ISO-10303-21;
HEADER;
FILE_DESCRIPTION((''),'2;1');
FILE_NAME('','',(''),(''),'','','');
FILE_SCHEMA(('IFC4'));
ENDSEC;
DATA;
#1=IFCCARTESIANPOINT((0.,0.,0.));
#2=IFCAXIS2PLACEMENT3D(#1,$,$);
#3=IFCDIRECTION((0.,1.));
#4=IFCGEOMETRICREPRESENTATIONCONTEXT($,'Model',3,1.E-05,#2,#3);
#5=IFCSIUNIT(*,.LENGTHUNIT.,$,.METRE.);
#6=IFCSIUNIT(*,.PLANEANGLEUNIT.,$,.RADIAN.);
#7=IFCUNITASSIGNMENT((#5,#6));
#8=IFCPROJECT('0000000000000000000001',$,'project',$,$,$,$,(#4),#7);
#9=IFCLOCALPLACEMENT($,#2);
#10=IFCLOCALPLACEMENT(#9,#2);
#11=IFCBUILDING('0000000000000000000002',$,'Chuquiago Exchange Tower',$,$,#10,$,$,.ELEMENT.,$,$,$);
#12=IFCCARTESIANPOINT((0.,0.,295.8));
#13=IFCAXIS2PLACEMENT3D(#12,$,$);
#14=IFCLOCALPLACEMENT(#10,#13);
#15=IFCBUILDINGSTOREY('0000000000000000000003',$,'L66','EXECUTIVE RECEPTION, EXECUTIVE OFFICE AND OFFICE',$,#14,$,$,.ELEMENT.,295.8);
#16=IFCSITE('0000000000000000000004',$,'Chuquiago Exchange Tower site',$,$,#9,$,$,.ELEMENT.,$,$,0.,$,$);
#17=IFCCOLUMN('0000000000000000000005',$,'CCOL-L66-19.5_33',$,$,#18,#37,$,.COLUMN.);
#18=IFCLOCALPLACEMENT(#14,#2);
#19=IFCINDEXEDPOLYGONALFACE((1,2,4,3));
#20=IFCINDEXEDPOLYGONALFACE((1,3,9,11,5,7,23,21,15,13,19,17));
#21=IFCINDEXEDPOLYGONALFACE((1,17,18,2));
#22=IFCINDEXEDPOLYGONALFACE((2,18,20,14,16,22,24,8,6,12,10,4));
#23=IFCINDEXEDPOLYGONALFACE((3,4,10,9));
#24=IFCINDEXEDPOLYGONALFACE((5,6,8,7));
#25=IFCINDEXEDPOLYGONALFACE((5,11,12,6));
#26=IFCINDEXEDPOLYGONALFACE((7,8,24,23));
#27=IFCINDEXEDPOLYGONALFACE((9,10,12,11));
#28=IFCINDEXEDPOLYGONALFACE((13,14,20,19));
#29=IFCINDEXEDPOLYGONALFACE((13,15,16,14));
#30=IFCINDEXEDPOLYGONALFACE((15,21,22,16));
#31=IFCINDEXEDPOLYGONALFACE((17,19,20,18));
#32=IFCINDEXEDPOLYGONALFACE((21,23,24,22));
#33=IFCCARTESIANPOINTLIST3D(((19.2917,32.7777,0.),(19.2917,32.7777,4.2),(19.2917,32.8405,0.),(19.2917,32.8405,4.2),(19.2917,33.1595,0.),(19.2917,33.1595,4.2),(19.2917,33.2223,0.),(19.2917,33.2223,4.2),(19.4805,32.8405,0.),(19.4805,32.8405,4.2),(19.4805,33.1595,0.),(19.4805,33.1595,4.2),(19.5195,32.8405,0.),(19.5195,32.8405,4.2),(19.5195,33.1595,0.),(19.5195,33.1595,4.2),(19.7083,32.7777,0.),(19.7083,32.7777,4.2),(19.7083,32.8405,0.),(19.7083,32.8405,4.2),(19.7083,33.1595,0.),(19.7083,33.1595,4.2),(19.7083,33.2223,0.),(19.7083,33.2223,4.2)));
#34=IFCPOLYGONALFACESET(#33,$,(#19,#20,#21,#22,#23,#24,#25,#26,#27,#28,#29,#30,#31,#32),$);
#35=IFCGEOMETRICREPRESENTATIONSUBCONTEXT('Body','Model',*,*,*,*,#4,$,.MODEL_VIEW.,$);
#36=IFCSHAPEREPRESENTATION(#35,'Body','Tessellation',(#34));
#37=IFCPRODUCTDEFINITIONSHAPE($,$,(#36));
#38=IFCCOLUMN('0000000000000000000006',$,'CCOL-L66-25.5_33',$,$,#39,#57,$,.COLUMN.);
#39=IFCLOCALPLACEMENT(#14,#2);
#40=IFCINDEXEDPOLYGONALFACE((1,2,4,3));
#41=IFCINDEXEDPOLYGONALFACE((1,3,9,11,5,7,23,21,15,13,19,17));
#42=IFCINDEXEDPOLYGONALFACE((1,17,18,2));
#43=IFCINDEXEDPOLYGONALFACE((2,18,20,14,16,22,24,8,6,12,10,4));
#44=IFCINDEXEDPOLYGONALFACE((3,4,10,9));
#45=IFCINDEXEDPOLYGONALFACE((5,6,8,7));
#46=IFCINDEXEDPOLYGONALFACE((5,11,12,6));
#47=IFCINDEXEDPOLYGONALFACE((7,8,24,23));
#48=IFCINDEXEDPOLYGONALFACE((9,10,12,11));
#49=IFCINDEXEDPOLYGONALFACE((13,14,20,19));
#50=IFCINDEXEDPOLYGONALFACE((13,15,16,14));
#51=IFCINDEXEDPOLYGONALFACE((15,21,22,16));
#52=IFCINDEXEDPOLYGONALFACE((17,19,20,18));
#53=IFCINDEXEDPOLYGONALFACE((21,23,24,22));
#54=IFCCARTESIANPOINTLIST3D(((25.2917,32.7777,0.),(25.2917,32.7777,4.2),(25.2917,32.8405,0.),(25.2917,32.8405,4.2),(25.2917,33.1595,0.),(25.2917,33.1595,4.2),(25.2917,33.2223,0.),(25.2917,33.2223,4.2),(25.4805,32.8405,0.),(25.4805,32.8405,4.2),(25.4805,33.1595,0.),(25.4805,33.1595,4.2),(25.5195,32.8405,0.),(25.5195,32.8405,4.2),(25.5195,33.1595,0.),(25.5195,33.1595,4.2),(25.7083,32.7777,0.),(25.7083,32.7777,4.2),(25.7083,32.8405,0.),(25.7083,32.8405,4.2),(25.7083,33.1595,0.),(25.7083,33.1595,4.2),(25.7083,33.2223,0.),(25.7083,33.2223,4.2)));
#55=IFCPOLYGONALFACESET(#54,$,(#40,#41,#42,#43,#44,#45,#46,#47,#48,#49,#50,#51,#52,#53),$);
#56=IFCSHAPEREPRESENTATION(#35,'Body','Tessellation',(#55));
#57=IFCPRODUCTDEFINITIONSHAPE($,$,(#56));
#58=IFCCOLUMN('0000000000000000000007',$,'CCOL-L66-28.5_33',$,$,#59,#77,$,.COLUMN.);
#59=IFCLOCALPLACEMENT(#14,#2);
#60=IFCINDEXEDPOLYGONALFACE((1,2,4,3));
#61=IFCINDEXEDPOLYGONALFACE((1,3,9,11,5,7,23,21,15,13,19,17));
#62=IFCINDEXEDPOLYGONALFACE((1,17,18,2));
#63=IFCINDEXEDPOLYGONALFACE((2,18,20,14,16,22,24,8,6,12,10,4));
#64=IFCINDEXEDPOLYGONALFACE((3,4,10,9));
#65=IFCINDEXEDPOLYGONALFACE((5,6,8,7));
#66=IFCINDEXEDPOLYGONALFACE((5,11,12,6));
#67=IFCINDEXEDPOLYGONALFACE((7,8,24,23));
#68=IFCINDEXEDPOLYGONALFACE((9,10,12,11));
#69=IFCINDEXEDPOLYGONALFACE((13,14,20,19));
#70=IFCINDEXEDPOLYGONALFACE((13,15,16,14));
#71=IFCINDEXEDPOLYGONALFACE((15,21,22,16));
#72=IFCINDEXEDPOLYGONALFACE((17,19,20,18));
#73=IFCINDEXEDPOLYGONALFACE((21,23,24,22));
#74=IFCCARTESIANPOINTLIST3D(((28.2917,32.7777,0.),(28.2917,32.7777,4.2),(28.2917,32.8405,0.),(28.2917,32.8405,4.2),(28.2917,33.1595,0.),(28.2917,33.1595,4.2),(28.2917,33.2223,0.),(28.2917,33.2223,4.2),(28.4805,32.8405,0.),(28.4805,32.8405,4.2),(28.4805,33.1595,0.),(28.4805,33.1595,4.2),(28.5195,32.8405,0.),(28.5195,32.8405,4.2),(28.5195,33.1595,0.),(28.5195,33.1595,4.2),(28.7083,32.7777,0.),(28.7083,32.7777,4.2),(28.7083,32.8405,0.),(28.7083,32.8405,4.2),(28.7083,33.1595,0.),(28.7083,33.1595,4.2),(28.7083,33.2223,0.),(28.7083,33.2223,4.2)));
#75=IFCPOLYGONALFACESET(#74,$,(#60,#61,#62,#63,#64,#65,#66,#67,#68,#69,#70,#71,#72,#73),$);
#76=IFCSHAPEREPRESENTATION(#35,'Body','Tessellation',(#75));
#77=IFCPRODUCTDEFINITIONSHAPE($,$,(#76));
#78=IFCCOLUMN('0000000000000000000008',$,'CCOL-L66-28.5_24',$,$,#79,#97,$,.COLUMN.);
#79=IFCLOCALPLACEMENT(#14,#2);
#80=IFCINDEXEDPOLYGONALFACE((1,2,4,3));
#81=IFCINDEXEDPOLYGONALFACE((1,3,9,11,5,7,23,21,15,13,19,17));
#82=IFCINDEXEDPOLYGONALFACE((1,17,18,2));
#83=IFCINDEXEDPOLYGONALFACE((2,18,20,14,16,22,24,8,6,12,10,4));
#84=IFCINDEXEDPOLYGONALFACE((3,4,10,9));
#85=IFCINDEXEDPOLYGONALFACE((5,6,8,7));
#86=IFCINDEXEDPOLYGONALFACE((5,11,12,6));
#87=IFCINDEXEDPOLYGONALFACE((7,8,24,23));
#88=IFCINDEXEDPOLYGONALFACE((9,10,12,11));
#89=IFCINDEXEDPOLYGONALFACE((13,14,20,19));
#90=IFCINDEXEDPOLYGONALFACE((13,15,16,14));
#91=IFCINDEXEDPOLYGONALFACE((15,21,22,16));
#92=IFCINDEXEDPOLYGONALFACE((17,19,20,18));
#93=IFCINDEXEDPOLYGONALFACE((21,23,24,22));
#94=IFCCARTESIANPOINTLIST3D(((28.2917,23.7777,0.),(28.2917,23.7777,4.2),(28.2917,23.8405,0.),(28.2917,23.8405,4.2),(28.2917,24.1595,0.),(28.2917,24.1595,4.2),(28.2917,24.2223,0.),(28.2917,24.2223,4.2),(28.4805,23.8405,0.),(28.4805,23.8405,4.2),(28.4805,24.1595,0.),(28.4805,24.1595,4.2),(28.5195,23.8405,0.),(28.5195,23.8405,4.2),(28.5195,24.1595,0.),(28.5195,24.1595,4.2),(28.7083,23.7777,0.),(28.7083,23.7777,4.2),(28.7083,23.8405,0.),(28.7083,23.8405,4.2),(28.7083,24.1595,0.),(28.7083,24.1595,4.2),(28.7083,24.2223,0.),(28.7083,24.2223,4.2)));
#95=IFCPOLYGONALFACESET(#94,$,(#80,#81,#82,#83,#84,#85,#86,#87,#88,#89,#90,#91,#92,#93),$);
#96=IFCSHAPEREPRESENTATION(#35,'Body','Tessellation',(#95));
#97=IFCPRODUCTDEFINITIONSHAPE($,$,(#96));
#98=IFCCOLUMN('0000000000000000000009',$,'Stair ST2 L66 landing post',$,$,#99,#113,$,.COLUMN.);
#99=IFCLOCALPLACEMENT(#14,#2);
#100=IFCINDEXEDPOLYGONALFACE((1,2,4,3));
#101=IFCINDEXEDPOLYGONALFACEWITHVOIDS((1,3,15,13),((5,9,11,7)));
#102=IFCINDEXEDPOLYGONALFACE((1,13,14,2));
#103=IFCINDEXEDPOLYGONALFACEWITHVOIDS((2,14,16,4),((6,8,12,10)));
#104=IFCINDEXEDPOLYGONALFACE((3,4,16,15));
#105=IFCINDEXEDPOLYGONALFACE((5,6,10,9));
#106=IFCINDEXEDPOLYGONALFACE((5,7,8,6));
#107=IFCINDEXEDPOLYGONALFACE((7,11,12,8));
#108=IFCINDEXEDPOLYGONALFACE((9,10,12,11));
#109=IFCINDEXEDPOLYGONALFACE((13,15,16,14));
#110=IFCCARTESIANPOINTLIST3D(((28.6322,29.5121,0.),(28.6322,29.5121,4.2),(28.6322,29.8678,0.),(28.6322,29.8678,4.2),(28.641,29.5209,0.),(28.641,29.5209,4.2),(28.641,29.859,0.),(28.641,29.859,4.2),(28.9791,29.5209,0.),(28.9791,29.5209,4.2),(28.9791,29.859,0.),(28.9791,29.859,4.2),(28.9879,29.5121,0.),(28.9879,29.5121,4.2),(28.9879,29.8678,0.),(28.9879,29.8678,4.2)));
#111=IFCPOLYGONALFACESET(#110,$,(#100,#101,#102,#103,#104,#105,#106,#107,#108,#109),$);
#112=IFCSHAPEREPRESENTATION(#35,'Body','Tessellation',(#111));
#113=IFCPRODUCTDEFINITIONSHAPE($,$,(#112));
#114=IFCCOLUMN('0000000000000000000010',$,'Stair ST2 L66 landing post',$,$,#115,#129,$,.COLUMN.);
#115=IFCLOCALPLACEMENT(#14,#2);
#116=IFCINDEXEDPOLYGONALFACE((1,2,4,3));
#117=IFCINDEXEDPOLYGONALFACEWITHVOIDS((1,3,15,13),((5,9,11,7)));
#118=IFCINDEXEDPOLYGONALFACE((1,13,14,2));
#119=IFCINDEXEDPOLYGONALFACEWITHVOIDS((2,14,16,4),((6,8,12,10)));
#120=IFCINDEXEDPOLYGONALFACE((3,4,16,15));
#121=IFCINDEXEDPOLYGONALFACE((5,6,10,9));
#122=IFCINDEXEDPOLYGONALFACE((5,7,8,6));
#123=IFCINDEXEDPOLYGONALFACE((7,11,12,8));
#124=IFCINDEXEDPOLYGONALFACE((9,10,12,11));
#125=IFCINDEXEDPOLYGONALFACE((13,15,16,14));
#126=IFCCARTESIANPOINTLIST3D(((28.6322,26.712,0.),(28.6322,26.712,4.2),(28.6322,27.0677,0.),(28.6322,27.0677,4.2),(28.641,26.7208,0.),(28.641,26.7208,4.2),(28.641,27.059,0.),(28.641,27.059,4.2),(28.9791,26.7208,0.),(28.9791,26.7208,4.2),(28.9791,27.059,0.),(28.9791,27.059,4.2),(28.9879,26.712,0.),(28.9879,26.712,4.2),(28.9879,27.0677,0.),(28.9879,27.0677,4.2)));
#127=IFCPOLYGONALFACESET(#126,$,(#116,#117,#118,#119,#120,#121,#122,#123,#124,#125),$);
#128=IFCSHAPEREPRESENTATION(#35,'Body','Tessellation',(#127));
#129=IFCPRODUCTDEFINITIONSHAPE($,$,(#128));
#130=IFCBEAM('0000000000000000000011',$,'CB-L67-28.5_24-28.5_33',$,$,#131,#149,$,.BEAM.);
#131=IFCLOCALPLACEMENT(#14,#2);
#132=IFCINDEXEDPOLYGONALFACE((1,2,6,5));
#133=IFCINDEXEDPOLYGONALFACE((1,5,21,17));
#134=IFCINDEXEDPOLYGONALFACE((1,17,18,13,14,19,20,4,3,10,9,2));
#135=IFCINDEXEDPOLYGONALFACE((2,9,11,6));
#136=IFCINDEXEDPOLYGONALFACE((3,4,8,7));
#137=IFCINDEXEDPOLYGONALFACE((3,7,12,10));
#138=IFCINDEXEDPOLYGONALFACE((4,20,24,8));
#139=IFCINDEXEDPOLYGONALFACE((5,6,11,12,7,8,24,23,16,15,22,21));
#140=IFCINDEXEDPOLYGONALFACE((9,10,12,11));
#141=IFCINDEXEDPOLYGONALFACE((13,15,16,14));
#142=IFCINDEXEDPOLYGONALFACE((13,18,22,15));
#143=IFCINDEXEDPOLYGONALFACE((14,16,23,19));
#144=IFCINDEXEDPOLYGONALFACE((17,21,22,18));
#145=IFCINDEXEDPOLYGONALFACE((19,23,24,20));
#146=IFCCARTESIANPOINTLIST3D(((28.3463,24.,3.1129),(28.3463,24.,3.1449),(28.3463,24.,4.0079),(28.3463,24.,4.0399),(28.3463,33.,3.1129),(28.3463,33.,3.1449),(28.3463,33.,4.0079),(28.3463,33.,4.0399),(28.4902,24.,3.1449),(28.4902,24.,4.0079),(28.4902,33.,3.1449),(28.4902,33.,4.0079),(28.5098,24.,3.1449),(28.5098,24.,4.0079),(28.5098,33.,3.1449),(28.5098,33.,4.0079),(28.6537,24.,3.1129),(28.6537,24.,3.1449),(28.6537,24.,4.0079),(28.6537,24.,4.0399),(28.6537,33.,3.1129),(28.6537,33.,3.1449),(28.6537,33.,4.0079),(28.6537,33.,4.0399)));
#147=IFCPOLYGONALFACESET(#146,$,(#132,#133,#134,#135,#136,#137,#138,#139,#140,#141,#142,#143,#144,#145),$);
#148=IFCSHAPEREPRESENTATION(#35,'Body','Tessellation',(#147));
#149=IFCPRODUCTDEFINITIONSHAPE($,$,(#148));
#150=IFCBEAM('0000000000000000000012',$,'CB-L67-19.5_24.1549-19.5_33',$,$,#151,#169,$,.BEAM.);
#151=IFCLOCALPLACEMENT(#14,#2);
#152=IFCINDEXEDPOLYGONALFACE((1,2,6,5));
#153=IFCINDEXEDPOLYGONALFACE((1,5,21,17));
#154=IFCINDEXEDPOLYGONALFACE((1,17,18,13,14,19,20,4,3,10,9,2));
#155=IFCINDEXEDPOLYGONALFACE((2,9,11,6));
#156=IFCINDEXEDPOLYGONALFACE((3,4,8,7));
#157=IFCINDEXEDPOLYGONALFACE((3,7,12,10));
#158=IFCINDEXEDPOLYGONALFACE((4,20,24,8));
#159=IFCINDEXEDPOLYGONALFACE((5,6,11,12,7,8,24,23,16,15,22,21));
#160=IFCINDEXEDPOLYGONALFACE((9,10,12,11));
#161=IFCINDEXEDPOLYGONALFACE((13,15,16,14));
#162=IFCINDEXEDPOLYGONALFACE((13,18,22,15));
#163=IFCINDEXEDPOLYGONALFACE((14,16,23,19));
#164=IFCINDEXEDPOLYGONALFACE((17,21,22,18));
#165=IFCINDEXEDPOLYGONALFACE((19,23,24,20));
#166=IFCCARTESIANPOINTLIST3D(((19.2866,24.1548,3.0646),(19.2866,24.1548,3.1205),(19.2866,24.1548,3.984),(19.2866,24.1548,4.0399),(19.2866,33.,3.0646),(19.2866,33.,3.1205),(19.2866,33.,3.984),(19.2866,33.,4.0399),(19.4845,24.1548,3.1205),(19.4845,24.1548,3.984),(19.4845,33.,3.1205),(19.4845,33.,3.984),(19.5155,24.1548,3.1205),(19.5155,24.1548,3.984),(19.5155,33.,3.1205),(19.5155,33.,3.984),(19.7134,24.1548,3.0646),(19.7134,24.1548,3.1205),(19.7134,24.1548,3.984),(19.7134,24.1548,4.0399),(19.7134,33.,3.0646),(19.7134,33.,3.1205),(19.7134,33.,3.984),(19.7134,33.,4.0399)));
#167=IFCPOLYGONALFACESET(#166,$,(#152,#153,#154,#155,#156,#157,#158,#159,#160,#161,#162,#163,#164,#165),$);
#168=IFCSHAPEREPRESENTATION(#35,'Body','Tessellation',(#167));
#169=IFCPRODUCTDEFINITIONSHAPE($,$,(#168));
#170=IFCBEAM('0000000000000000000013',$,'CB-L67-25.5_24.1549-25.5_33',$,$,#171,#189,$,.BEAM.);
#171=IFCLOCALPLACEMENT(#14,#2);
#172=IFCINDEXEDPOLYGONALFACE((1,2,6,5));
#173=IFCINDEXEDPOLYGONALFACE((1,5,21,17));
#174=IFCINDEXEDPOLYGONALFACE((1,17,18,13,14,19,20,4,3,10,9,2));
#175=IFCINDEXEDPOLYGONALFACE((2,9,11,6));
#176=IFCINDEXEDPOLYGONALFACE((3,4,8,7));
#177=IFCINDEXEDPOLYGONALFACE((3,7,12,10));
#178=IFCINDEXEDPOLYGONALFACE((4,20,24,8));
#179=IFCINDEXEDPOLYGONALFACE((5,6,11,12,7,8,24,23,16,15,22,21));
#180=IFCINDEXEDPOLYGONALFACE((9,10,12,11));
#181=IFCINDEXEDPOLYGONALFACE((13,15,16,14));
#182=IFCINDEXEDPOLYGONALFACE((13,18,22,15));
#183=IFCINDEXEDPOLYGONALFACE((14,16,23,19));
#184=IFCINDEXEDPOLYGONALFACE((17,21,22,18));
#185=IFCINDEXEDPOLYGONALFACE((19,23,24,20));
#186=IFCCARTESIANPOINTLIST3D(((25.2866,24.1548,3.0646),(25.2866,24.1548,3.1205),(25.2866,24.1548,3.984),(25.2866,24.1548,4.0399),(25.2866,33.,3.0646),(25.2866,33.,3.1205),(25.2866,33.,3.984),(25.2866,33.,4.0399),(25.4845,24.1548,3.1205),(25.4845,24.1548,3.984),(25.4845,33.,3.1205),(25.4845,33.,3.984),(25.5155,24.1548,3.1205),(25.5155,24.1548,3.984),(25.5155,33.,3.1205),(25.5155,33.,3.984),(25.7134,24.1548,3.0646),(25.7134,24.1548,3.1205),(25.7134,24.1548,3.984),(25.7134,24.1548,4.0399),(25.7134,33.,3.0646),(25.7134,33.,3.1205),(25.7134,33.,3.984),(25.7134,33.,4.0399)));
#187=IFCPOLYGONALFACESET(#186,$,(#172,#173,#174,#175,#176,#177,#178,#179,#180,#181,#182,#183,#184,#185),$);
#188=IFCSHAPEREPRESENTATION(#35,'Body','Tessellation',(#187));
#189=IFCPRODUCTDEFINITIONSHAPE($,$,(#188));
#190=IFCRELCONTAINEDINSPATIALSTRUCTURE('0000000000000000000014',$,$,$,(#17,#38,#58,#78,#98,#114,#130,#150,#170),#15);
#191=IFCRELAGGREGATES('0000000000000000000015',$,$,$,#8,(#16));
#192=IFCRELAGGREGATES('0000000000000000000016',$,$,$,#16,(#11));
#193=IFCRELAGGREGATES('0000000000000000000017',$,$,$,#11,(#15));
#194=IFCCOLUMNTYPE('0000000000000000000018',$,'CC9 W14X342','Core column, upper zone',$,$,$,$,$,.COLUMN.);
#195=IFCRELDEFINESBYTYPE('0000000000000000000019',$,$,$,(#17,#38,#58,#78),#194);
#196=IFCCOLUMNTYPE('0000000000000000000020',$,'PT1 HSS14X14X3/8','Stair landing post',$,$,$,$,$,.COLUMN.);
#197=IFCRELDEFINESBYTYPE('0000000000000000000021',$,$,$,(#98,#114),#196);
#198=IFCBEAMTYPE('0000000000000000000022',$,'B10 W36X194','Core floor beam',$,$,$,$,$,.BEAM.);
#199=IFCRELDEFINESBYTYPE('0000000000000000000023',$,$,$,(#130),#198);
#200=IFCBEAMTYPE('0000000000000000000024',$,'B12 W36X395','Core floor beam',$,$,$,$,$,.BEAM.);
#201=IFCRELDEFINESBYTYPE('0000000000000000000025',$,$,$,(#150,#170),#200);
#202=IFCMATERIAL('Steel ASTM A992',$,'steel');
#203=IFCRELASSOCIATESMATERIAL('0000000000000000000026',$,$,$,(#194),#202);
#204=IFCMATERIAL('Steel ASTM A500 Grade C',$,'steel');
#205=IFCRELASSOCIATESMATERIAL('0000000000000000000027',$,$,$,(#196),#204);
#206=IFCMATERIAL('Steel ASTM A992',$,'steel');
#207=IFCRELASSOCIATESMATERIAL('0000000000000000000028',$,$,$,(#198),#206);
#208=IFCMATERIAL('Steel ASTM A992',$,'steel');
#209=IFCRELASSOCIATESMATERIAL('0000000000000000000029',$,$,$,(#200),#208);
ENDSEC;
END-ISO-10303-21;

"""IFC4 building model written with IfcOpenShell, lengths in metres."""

from ifc_helpers import new_model, si_unit, direction, frame, origin, origin_2d, place, context, subcontext, project, spatial, hollow_rectangle, i_section, extrude, material, material_profile, profile_set, type_object, element, save


model = new_model("IFC4")

# Units and contexts
model_context = context("Model", 3, precision=1e-05, world=origin(), true_north=direction((0.0, 1.0)))
body_context = subcontext(model_context, "Body", "Model", "MODEL_VIEW")
ifc_project = project(units=[si_unit("LENGTHUNIT", "METRE"), si_unit("PLANEANGLEUNIT", "RADIAN")], contexts=[model_context])

# Site, building, storey
site_placement = place(None, origin())
site = spatial("IfcSite", under=ifc_project, at=site_placement, Name="Chuquiago Exchange Tower site", CompositionType="ELEMENT", RefElevation=0.0)
building_placement = place(site_placement, origin())
building = spatial("IfcBuilding", under=site, at=building_placement, Name="Chuquiago Exchange Tower", CompositionType="ELEMENT")
storey_placement = place(building_placement, frame((0.0, 0.0, 295.8)))
storey = spatial("IfcBuildingStorey", under=building, at=storey_placement, Name="L66", Description="EXECUTIVE RECEPTION, EXECUTIVE OFFICE AND OFFICE", CompositionType="ELEMENT", Elevation=295.8)

# Columns
ifc_material_1 = material(Name="Steel ASTM A992", Category="steel")
ifc_material_profile_1 = material_profile(ifc_material_1, i_section(OverallWidth=0.4165, OverallDepth=0.4446, WebThickness=0.0391, FlangeThickness=0.0627, at=origin_2d()), Name="W14X342")
ifc_profile_set_1 = profile_set([ifc_material_profile_1], Name="Steel ASTM A992")
column_type_1 = type_object("IfcColumnType", Name="CC9 W14X342", Description="Core column, upper zone", PredefinedType="COLUMN", material=ifc_profile_set_1)
for number, where, z_axis, x_axis, name in (
    (1, (19.5, 33.0, 0.0), (0.0, 0.0, 1.0), (1.0, 0.0, 0.0), "CCOL-L66-19.5_33"),
    (2, (25.5, 33.0, 0.0), (0.0, 0.0, 1.0), (1.0, 0.0, 0.0), "CCOL-L66-25.5_33"),
    (3, (28.5, 33.0, 0.0), (0.0, 0.0, 1.0), (1.0, 0.0, 0.0), "CCOL-L66-28.5_33"),
    (4, (28.5, 24.0, 0.0), (0.0, 0.0, 1.0), (1.0, 0.0, 0.0), "CCOL-L66-28.5_24"),
):
    element("IfcColumn", number, at=place(storey_placement, frame(where, z_axis=z_axis, x_axis=x_axis)), inside=storey, type_object=column_type_1, Name=name, PredefinedType="COLUMN", context=body_context, shape_type="SweptSolid", body=[
        extrude(i_section(OverallWidth=0.4165, OverallDepth=0.4446, WebThickness=0.0391, FlangeThickness=0.0627, at=origin_2d()), origin(), (0.0, 0.0, 1.0), 4.2),
    ])
ifc_material_2 = material(Name="Steel ASTM A500 Grade C", Category="steel")
ifc_material_profile_2 = material_profile(ifc_material_2, hollow_rectangle(XDim=0.3557, YDim=0.3557, WallThickness=0.0088, at=origin_2d()), Name="HSS14X14X3/8")
ifc_profile_set_2 = profile_set([ifc_material_profile_2], Name="Steel ASTM A500 Grade C")
column_type_2 = type_object("IfcColumnType", Name="PT1 HSS14X14X3/8", Description="Stair landing post", PredefinedType="COLUMN", material=ifc_profile_set_2)
for number, where, z_axis, x_axis, name in (
    (5, (28.8101, 29.6899, 0.0), (0.0, 0.0, 1.0), (1.0, 0.0, 0.0), "Stair ST2 L66 landing post"),
    (6, (28.8101, 26.8899, 0.0), (0.0, 0.0, 1.0), (1.0, 0.0, 0.0), "Stair ST2 L66 landing post"),
):
    element("IfcColumn", number, at=place(storey_placement, frame(where, z_axis=z_axis, x_axis=x_axis)), inside=storey, type_object=column_type_2, Name=name, PredefinedType="COLUMN", context=body_context, shape_type="SweptSolid", body=[
        extrude(hollow_rectangle(XDim=0.3557, YDim=0.3557, WallThickness=0.0088, at=origin_2d()), origin(), (0.0, 0.0, 1.0), 4.2),
    ])

# Beams
ifc_material_3 = material(Name="Steel ASTM A992", Category="steel")
ifc_material_profile_3 = material_profile(ifc_material_3, i_section(OverallWidth=0.3074, OverallDepth=0.927, WebThickness=0.0195, FlangeThickness=0.032, at=origin_2d()), Name="W36X194")
ifc_profile_set_3 = profile_set([ifc_material_profile_3], Name="Steel ASTM A992")
beam_type_1 = type_object("IfcBeamType", Name="B10 W36X194", Description="Core floor beam", PredefinedType="BEAM", material=ifc_profile_set_3)
beam_1_placement = place(storey_placement, frame((28.5, 24.0, 3.5764), z_axis=(0.0, 1.0, 0.0), x_axis=(-1.0, 0.0, 0.0)))
element("IfcBeam", 7, at=beam_1_placement, inside=storey, type_object=beam_type_1, Name="CB-L67-28.5_24-28.5_33", PredefinedType="BEAM", context=body_context, shape_type="SweptSolid", body=[
    extrude(i_section(OverallWidth=0.3074, OverallDepth=0.927, WebThickness=0.0195, FlangeThickness=0.032, at=origin_2d()), origin(), (0.0, 0.0, 1.0), 9.0),
])
ifc_material_4 = material(Name="Steel ASTM A992", Category="steel")
ifc_material_profile_4 = material_profile(ifc_material_4, i_section(OverallWidth=0.4268, OverallDepth=0.9753, WebThickness=0.031, FlangeThickness=0.0559, at=origin_2d()), Name="W36X395")
ifc_profile_set_4 = profile_set([ifc_material_profile_4], Name="Steel ASTM A992")
beam_type_2 = type_object("IfcBeamType", Name="B12 W36X395", Description="Core floor beam", PredefinedType="BEAM", material=ifc_profile_set_4)
for number, where, z_axis, x_axis, name in (
    (8, (19.5, 24.1548, 3.5522), (0.0, 1.0, 0.0), (-1.0, 0.0, 0.0), "CB-L67-19.5_24.1549-19.5_33"),
    (9, (25.5, 24.1548, 3.5522), (0.0, 1.0, 0.0), (-1.0, 0.0, 0.0), "CB-L67-25.5_24.1549-25.5_33"),
):
    element("IfcBeam", number, at=place(storey_placement, frame(where, z_axis=z_axis, x_axis=x_axis)), inside=storey, type_object=beam_type_2, Name=name, PredefinedType="BEAM", context=body_context, shape_type="SweptSolid", body=[
        extrude(i_section(OverallWidth=0.4268, OverallDepth=0.9753, WebThickness=0.031, FlangeThickness=0.0559, at=origin_2d()), origin(), (0.0, 0.0, 1.0), 8.8452),
    ])

save(model, "model.ifc")
